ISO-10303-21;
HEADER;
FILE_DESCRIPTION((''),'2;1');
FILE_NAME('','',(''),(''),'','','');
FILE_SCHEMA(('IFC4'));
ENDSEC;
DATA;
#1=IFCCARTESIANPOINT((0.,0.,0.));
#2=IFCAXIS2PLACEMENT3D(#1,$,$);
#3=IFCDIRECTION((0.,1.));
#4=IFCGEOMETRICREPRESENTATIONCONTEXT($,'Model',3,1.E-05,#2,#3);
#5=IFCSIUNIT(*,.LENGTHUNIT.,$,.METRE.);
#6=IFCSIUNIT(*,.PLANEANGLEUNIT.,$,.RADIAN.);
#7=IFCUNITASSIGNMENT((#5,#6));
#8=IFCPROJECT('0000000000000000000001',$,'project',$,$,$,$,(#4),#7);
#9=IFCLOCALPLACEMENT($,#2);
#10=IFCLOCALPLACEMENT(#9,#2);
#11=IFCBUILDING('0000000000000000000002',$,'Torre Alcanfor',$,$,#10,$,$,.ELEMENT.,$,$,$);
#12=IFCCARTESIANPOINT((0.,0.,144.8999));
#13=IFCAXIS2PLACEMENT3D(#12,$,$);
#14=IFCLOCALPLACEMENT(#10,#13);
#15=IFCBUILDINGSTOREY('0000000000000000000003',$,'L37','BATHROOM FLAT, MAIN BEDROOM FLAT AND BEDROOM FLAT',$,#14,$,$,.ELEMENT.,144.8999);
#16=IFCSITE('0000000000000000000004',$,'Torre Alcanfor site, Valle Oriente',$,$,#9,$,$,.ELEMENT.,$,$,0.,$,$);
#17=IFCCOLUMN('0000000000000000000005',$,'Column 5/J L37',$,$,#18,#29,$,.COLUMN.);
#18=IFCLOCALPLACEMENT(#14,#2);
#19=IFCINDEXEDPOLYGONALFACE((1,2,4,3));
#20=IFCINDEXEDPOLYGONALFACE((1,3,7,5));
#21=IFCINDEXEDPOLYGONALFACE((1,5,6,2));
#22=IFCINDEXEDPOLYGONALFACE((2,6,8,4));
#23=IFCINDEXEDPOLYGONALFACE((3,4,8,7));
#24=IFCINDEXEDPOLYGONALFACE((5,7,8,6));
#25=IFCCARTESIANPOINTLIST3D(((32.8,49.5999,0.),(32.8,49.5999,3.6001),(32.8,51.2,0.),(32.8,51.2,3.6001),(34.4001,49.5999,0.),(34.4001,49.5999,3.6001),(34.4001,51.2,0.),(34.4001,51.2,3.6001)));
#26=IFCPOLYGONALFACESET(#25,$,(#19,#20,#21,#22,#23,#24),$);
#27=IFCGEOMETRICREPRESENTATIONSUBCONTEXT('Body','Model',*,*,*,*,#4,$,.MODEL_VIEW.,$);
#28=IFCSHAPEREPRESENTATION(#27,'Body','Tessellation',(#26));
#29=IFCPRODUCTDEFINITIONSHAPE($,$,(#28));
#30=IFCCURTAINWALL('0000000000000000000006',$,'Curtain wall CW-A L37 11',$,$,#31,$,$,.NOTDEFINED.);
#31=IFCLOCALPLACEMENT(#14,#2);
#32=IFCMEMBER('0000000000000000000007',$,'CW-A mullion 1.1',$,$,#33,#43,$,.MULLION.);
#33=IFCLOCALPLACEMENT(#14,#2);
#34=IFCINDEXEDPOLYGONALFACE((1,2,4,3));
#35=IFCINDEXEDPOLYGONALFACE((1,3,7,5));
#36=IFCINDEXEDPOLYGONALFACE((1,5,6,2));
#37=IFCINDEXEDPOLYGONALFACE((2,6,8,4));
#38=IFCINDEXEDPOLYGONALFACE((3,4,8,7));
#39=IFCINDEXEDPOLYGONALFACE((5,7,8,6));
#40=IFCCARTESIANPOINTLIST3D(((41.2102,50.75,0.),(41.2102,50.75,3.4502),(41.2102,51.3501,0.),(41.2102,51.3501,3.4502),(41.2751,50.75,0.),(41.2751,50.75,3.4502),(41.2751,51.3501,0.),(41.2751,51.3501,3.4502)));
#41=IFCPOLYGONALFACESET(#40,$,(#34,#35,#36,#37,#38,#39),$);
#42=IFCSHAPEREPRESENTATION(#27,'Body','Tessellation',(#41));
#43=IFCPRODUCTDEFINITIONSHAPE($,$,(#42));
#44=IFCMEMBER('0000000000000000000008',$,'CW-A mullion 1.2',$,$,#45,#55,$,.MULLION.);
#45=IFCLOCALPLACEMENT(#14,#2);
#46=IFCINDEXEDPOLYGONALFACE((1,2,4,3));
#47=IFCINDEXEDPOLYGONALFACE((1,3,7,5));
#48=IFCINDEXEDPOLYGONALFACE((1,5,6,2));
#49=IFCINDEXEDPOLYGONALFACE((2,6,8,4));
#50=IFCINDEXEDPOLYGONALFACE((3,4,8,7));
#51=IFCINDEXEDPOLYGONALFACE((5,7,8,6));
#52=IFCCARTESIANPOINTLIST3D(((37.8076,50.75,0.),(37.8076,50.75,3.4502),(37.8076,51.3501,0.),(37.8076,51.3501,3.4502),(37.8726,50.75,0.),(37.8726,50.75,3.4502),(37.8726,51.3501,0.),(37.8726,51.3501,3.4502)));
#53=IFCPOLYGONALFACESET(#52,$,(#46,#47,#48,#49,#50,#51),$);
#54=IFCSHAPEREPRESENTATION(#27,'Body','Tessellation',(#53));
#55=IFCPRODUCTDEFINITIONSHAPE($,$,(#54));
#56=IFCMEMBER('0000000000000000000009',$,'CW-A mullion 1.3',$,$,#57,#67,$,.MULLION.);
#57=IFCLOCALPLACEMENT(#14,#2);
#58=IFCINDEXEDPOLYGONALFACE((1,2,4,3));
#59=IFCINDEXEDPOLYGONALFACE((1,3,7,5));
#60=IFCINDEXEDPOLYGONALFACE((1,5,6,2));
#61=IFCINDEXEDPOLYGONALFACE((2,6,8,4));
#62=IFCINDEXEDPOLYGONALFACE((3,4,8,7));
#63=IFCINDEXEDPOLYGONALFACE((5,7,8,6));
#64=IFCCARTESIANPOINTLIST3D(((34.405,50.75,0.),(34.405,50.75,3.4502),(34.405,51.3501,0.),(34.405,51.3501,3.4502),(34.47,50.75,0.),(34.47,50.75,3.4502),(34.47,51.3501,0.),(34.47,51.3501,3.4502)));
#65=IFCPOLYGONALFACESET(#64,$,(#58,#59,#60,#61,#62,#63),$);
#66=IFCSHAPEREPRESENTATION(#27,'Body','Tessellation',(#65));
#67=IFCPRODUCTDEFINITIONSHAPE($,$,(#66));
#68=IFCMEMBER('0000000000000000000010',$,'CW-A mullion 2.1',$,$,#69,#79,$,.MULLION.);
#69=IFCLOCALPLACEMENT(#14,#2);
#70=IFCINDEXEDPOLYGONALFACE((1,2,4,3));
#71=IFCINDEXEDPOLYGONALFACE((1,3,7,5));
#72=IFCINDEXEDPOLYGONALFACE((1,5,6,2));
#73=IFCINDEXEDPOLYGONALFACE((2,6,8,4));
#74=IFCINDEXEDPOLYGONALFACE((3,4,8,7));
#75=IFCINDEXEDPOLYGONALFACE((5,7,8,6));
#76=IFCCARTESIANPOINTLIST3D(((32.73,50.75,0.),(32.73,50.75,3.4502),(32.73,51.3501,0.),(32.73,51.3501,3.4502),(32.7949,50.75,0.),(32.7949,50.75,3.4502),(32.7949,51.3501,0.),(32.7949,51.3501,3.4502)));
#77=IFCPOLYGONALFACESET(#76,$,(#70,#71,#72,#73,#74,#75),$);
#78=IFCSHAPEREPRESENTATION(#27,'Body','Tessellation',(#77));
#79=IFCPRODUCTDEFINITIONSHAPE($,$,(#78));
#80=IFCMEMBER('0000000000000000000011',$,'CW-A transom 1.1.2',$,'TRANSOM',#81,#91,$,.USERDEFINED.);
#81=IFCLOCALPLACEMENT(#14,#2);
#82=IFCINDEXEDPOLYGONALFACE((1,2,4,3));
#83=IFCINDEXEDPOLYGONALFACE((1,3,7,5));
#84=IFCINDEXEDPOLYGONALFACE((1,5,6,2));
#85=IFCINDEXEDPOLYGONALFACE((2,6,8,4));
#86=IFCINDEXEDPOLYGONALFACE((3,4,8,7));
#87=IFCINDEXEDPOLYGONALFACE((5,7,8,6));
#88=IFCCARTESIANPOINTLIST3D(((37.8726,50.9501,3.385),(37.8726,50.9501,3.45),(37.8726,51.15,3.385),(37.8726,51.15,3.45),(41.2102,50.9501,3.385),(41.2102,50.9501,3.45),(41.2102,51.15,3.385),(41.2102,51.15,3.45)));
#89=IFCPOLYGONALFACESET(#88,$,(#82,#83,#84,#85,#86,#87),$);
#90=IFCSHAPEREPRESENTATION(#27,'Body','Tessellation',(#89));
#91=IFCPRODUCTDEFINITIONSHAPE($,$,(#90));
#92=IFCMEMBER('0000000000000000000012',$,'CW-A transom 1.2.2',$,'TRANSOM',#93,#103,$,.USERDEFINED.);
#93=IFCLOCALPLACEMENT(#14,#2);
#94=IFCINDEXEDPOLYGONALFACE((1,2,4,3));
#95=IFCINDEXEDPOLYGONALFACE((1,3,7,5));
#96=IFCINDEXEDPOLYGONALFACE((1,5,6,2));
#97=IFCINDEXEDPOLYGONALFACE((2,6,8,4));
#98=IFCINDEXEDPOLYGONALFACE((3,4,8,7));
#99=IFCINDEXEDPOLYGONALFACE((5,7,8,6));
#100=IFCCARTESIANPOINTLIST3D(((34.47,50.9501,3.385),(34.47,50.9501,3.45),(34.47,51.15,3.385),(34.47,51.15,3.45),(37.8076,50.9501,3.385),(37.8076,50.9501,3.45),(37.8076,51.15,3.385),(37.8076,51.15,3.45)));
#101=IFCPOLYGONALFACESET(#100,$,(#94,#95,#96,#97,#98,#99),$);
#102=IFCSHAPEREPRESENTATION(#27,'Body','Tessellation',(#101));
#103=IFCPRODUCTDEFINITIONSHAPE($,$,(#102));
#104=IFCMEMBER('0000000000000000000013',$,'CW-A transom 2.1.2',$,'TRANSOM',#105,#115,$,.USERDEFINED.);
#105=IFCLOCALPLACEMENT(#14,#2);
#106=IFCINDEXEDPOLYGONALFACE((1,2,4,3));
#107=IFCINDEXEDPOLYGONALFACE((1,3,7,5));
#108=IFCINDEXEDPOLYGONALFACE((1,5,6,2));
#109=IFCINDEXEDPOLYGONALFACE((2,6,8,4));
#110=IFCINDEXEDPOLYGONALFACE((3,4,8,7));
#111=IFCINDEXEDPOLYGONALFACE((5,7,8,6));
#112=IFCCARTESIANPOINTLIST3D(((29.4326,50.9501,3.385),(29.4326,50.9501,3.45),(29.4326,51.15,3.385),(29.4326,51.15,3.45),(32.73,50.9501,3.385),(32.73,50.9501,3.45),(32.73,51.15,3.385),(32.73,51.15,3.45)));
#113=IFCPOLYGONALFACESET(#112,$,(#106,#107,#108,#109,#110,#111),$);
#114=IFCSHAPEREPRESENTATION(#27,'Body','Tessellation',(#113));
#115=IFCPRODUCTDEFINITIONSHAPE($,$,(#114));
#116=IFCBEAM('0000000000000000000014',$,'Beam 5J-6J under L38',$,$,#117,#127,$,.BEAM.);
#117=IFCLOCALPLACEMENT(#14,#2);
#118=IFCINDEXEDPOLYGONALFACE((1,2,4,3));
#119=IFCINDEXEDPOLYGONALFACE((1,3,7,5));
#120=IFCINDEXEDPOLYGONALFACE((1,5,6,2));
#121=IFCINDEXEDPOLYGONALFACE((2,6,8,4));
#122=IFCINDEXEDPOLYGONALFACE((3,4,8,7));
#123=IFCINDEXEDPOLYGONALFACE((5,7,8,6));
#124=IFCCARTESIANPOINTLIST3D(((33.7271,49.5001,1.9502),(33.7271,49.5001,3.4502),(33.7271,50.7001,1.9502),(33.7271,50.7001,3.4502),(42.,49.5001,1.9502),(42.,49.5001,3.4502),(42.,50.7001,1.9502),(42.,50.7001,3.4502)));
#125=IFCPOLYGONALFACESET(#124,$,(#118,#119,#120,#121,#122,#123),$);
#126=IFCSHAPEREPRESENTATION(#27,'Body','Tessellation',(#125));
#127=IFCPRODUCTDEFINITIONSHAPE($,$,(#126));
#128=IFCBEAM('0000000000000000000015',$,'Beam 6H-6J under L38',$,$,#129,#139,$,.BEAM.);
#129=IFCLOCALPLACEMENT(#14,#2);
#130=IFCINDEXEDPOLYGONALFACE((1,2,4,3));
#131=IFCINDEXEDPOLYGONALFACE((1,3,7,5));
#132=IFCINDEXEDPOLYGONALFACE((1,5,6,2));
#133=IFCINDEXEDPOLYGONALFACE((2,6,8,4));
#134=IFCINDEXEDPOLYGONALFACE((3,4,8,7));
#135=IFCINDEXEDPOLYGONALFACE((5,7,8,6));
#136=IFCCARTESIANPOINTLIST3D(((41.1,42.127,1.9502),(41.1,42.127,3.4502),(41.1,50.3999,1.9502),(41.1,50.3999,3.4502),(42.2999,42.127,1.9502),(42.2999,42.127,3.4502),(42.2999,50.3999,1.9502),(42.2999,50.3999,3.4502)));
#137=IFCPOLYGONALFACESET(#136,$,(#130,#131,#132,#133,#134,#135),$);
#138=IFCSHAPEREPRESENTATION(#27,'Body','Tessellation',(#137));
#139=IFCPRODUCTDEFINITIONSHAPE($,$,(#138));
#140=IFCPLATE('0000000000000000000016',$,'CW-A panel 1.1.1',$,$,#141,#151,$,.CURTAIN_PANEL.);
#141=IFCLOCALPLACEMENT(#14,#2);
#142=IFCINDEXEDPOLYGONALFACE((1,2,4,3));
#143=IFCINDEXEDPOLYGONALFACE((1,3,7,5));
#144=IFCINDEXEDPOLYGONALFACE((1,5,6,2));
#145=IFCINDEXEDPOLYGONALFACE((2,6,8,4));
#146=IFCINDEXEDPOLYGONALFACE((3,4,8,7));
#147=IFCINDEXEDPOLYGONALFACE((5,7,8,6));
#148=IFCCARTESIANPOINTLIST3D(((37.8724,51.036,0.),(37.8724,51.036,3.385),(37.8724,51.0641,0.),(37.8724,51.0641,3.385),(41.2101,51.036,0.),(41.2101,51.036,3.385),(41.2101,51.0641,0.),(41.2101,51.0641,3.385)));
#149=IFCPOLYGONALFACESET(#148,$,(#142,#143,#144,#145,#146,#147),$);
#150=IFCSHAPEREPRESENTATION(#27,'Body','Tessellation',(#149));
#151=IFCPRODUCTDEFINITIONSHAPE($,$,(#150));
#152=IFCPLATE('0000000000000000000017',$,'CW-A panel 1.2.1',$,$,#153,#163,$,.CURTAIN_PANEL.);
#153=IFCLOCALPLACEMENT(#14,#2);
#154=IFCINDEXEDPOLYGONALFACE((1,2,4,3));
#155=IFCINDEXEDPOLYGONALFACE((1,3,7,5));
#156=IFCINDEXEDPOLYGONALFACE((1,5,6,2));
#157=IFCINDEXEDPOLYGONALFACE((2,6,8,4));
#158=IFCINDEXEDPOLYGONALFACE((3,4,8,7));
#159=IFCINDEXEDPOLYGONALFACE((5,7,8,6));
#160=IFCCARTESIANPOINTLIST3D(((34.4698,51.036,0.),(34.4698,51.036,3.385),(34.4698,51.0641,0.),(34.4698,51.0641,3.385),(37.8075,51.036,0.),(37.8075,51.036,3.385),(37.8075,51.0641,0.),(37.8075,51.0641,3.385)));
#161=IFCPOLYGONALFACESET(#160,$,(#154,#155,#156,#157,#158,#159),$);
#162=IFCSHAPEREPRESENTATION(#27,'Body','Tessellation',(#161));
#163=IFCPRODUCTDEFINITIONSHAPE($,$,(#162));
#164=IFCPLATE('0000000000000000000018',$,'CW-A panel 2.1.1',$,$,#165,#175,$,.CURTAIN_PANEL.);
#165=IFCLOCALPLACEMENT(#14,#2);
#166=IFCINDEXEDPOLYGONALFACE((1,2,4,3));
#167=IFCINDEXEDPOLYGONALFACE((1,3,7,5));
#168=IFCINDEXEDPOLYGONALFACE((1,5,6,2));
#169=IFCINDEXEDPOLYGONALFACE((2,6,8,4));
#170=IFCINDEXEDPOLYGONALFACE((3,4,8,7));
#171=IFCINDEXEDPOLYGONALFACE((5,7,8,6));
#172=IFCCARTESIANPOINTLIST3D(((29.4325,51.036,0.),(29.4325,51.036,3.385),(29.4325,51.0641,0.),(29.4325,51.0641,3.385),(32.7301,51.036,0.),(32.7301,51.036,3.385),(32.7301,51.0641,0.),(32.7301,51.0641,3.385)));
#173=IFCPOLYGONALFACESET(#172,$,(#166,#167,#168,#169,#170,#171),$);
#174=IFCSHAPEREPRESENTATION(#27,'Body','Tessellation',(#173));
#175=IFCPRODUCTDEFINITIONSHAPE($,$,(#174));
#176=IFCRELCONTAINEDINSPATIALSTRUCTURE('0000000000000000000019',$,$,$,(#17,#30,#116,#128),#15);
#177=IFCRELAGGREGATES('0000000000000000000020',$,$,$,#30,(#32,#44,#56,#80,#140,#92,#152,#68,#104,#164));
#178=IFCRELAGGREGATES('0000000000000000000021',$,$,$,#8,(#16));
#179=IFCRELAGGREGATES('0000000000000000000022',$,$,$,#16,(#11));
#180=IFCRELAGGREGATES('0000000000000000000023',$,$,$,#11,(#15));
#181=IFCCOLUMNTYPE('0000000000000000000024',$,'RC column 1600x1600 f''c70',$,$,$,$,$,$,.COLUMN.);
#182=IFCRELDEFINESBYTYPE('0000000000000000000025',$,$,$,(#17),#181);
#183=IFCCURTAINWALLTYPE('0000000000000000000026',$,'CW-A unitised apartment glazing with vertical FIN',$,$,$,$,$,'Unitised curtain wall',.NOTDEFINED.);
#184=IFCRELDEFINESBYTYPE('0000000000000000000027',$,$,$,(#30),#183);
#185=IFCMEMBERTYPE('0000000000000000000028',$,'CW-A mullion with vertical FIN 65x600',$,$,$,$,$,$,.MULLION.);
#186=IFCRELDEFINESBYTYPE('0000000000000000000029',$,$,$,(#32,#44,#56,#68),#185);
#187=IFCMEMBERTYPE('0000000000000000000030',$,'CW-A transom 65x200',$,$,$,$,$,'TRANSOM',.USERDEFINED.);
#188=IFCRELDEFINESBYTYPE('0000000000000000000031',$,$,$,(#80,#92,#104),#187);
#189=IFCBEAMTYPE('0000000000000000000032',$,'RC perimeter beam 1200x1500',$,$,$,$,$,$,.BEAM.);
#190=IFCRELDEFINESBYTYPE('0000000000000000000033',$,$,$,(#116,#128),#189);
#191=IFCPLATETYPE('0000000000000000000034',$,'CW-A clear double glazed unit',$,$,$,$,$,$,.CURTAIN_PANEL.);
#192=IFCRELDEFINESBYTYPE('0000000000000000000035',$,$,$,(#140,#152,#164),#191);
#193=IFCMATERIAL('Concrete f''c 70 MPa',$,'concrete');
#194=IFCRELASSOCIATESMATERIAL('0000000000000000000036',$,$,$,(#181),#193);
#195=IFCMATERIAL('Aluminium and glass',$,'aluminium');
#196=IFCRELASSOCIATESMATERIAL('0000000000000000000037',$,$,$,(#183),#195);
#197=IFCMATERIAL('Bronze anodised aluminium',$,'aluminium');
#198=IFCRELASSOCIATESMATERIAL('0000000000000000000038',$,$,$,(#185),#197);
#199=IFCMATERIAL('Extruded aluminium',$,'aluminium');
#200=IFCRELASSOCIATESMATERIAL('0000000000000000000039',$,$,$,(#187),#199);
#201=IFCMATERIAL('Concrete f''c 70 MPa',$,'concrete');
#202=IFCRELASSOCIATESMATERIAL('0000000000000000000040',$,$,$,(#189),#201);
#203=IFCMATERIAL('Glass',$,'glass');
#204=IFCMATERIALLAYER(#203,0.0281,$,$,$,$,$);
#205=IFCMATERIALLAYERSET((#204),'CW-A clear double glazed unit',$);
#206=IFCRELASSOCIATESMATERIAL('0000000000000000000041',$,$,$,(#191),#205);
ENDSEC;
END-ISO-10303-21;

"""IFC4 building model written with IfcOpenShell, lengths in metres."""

from ifc_helpers import new_model, si_unit, direction, frame, origin, origin_2d, place, context, subcontext, project, spatial, rectangle, extrude, material, layer, layer_set, material_profile, profile_set, type_object, element, aggregate, save


model = new_model("IFC4")

# Units and contexts
model_context = context("Model", 3, precision=1e-05, world=origin(), true_north=direction((0.0, 1.0)))
body_context = subcontext(model_context, "Body", "Model", "MODEL_VIEW")
ifc_project = project(units=[si_unit("LENGTHUNIT", "METRE"), si_unit("PLANEANGLEUNIT", "RADIAN")], contexts=[model_context])

# Site, building, storey
site_placement = place(None, origin())
site = spatial("IfcSite", under=ifc_project, at=site_placement, Name="Torre Alcanfor site, Valle Oriente", CompositionType="ELEMENT", RefElevation=0.0)
building_placement = place(site_placement, origin())
building = spatial("IfcBuilding", under=site, at=building_placement, Name="Torre Alcanfor", CompositionType="ELEMENT")
storey_placement = place(building_placement, frame((0.0, 0.0, 144.8999)))
storey = spatial("IfcBuildingStorey", under=building, at=storey_placement, Name="L37", Description="BATHROOM FLAT, MAIN BEDROOM FLAT AND BEDROOM FLAT", CompositionType="ELEMENT", Elevation=144.8999)

# Column
ifc_material_1 = material(Name="Concrete f'c 70 MPa", Category="concrete")
ifc_material_profile_1 = material_profile(ifc_material_1, rectangle(XDim=1.6001, YDim=1.6001, at=origin_2d()), Name="1600x1600")
ifc_profile_set_1 = profile_set([ifc_material_profile_1], Name="Concrete f'c 70 MPa")
column_type = type_object("IfcColumnType", Name="RC column 1600x1600 f'c70", PredefinedType="COLUMN", material=ifc_profile_set_1)
column_placement = place(storey_placement, frame((33.6001, 50.3999, 0.0), z_axis=(0.0, 0.0, 1.0), x_axis=(1.0, 0.0, 0.0)))
element("IfcColumn", 1, at=column_placement, inside=storey, type_object=column_type, Name="Column 5/J L37", PredefinedType="COLUMN", context=body_context, shape_type="SweptSolid", body=[
    extrude(rectangle(XDim=1.6001, YDim=1.6001, at=origin_2d()), origin(), (0.0, 0.0, 1.0), 3.6001),
])

# Curtain wall, members
ifc_material_2 = material(Name="Aluminium and glass", Category="aluminium")
curtain_wall_type = type_object("IfcCurtainWallType", Name="CW-A unitised apartment glazing with vertical FIN", ElementType="Unitised curtain wall", PredefinedType="NOTDEFINED", material=ifc_material_2)
curtain_wall_placement = place(storey_placement, origin())
curtain_wall = element("IfcCurtainWall", 2, at=curtain_wall_placement, inside=storey, type_object=curtain_wall_type, Name="Curtain wall CW-A L37 11", PredefinedType="NOTDEFINED")
ifc_material_3 = material(Name="Bronze anodised aluminium", Category="aluminium")
ifc_material_profile_2 = material_profile(ifc_material_3, rectangle(XDim=0.6001, YDim=0.0649, at=origin_2d()), Name="CW-A mullion 65x600")
ifc_profile_set_2 = profile_set([ifc_material_profile_2], Name="Bronze anodised aluminium")
member_type_1 = type_object("IfcMemberType", Name="CW-A mullion with vertical FIN 65x600", PredefinedType="MULLION", material=ifc_profile_set_2)
member_1_placement = place(storey_placement, frame((41.2427, 51.05, 0.0), z_axis=(0.0, 0.0, 1.0), x_axis=(0.0, -1.0, 0.0)))
member_1 = element("IfcMember", 3, at=member_1_placement, type_object=member_type_1, Name="CW-A mullion 1.1", PredefinedType="MULLION", context=body_context, shape_type="SweptSolid", body=[
    extrude(rectangle(XDim=0.6001, YDim=0.0649, at=origin_2d()), origin(), (0.0, 0.0, 1.0), 3.4502),
])
member_2_placement = place(storey_placement, frame((37.8401, 51.05, 0.0), z_axis=(0.0, 0.0, 1.0), x_axis=(0.0, -1.0, 0.0)))
member_2 = element("IfcMember", 4, at=member_2_placement, type_object=member_type_1, Name="CW-A mullion 1.2", PredefinedType="MULLION", context=body_context, shape_type="SweptSolid", body=[
    extrude(rectangle(XDim=0.6001, YDim=0.0649, at=origin_2d()), origin(), (0.0, 0.0, 1.0), 3.4502),
])
member_3_placement = place(storey_placement, frame((34.4375, 51.05, 0.0), z_axis=(0.0, 0.0, 1.0), x_axis=(0.0, -1.0, 0.0)))
member_3 = element("IfcMember", 5, at=member_3_placement, type_object=member_type_1, Name="CW-A mullion 1.3", PredefinedType="MULLION", context=body_context, shape_type="SweptSolid", body=[
    extrude(rectangle(XDim=0.6001, YDim=0.0649, at=origin_2d()), origin(), (0.0, 0.0, 1.0), 3.4502),
])
member_4_placement = place(storey_placement, frame((32.7625, 51.05, 0.0), z_axis=(0.0, 0.0, 1.0), x_axis=(0.0, -1.0, 0.0)))
member_4 = element("IfcMember", 6, at=member_4_placement, type_object=member_type_1, Name="CW-A mullion 2.1", PredefinedType="MULLION", context=body_context, shape_type="SweptSolid", body=[
    extrude(rectangle(XDim=0.6001, YDim=0.0649, at=origin_2d()), origin(), (0.0, 0.0, 1.0), 3.4502),
])
ifc_material_4 = material(Name="Extruded aluminium", Category="aluminium")
ifc_material_profile_3 = material_profile(ifc_material_4, rectangle(XDim=0.2, YDim=0.0649, at=origin_2d()), Name="CW-A transom 200x65")
ifc_profile_set_3 = profile_set([ifc_material_profile_3], Name="Extruded aluminium")
member_type_2 = type_object("IfcMemberType", Name="CW-A transom 65x200", ElementType="TRANSOM", PredefinedType="USERDEFINED", material=ifc_profile_set_3)
member_5_placement = place(storey_placement, frame((41.2102, 51.05, 3.4175), z_axis=(-1.0, 0.0, 0.0), x_axis=(0.0, -1.0, 0.0)))
member_5 = element("IfcMember", 7, at=member_5_placement, type_object=member_type_2, Name="CW-A transom 1.1.2", ObjectType="TRANSOM", PredefinedType="USERDEFINED", context=body_context, shape_type="SweptSolid", body=[
    extrude(rectangle(XDim=0.2, YDim=0.0649, at=origin_2d()), origin(), (0.0, 0.0, 1.0), 3.3376),
])
member_6_placement = place(storey_placement, frame((37.8076, 51.05, 3.4175), z_axis=(-1.0, 0.0, 0.0), x_axis=(0.0, -1.0, 0.0)))
member_6 = element("IfcMember", 8, at=member_6_placement, type_object=member_type_2, Name="CW-A transom 1.2.2", ObjectType="TRANSOM", PredefinedType="USERDEFINED", context=body_context, shape_type="SweptSolid", body=[
    extrude(rectangle(XDim=0.2, YDim=0.0649, at=origin_2d()), origin(), (0.0, 0.0, 1.0), 3.3376),
])
member_7_placement = place(storey_placement, frame((32.73, 51.05, 3.4175), z_axis=(-1.0, 0.0, 0.0), x_axis=(0.0, -1.0, 0.0)))
member_7 = element("IfcMember", 9, at=member_7_placement, type_object=member_type_2, Name="CW-A transom 2.1.2", ObjectType="TRANSOM", PredefinedType="USERDEFINED", context=body_context, shape_type="SweptSolid", body=[
    extrude(rectangle(XDim=0.2, YDim=0.0649, at=origin_2d()), origin(), (0.0, 0.0, 1.0), 3.2974),
])

# Beams
ifc_material_5 = material(Name="Concrete f'c 70 MPa", Category="concrete")
ifc_material_profile_4 = material_profile(ifc_material_5, rectangle(XDim=1.2, YDim=1.5, at=origin_2d()), Name="1200x1500")
ifc_profile_set_4 = profile_set([ifc_material_profile_4], Name="Concrete f'c 70 MPa")
beam_type = type_object("IfcBeamType", Name="RC perimeter beam 1200x1500", PredefinedType="BEAM", material=ifc_profile_set_4)
for number, where, z_axis, x_axis, name in (
    (10, (33.7271, 50.1001, 2.7002), (1.0, 0.0, 0.0), (0.0, 1.0, 0.0), "Beam 5J-6J under L38"),
    (11, (41.7, 42.127, 2.7002), (0.0, 1.0, 0.0), (-1.0, 0.0, 0.0), "Beam 6H-6J under L38"),
):
    element("IfcBeam", number, at=place(storey_placement, frame(where, z_axis=z_axis, x_axis=x_axis)), inside=storey, type_object=beam_type, Name=name, PredefinedType="BEAM", context=body_context, shape_type="SweptSolid", body=[
        extrude(rectangle(XDim=1.2, YDim=1.5, at=origin_2d()), origin(), (0.0, 0.0, 1.0), 8.2729),
    ])

# Plates
ifc_material_6 = material(Name="Glass", Category="glass")
ifc_layer_1 = layer(ifc_material_6, 0.0281)
ifc_layer_set_1 = layer_set([ifc_layer_1], Name="CW-A clear double glazed unit")
plate_type = type_object("IfcPlateType", Name="CW-A clear double glazed unit", PredefinedType="CURTAIN_PANEL", material=ifc_layer_set_1)
plate_1_placement = place(storey_placement, frame((39.5413, 51.05, 0.0), z_axis=(0.0, 0.0, 1.0), x_axis=(-1.0, 0.0, 0.0)))
plate_1 = element("IfcPlate", 12, at=plate_1_placement, type_object=plate_type, Name="CW-A panel 1.1.1", PredefinedType="CURTAIN_PANEL", context=body_context, shape_type="SweptSolid", body=[
    extrude(rectangle(XDim=3.3376, YDim=0.0281, at=origin_2d()), origin(), (0.0, 0.0, 1.0), 3.385),
])
plate_2_placement = place(storey_placement, frame((36.1387, 51.05, 0.0), z_axis=(0.0, 0.0, 1.0), x_axis=(-1.0, 0.0, 0.0)))
plate_2 = element("IfcPlate", 13, at=plate_2_placement, type_object=plate_type, Name="CW-A panel 1.2.1", PredefinedType="CURTAIN_PANEL", context=body_context, shape_type="SweptSolid", body=[
    extrude(rectangle(XDim=3.3376, YDim=0.0281, at=origin_2d()), origin(), (0.0, 0.0, 1.0), 3.385),
])
plate_3_placement = place(storey_placement, frame((31.0813, 51.05, 0.0), z_axis=(0.0, 0.0, 1.0), x_axis=(-1.0, 0.0, 0.0)))
plate_3 = element("IfcPlate", 14, at=plate_3_placement, type_object=plate_type, Name="CW-A panel 2.1.1", PredefinedType="CURTAIN_PANEL", context=body_context, shape_type="SweptSolid", body=[
    extrude(rectangle(XDim=3.2976, YDim=0.0281, at=origin_2d()), origin(), (0.0, 0.0, 1.0), 3.385),
])
aggregate(curtain_wall, [member_1, member_2, member_3, member_5, plate_1, member_6, plate_2, member_4, member_7, plate_3])

save(model, "model.ifc")
